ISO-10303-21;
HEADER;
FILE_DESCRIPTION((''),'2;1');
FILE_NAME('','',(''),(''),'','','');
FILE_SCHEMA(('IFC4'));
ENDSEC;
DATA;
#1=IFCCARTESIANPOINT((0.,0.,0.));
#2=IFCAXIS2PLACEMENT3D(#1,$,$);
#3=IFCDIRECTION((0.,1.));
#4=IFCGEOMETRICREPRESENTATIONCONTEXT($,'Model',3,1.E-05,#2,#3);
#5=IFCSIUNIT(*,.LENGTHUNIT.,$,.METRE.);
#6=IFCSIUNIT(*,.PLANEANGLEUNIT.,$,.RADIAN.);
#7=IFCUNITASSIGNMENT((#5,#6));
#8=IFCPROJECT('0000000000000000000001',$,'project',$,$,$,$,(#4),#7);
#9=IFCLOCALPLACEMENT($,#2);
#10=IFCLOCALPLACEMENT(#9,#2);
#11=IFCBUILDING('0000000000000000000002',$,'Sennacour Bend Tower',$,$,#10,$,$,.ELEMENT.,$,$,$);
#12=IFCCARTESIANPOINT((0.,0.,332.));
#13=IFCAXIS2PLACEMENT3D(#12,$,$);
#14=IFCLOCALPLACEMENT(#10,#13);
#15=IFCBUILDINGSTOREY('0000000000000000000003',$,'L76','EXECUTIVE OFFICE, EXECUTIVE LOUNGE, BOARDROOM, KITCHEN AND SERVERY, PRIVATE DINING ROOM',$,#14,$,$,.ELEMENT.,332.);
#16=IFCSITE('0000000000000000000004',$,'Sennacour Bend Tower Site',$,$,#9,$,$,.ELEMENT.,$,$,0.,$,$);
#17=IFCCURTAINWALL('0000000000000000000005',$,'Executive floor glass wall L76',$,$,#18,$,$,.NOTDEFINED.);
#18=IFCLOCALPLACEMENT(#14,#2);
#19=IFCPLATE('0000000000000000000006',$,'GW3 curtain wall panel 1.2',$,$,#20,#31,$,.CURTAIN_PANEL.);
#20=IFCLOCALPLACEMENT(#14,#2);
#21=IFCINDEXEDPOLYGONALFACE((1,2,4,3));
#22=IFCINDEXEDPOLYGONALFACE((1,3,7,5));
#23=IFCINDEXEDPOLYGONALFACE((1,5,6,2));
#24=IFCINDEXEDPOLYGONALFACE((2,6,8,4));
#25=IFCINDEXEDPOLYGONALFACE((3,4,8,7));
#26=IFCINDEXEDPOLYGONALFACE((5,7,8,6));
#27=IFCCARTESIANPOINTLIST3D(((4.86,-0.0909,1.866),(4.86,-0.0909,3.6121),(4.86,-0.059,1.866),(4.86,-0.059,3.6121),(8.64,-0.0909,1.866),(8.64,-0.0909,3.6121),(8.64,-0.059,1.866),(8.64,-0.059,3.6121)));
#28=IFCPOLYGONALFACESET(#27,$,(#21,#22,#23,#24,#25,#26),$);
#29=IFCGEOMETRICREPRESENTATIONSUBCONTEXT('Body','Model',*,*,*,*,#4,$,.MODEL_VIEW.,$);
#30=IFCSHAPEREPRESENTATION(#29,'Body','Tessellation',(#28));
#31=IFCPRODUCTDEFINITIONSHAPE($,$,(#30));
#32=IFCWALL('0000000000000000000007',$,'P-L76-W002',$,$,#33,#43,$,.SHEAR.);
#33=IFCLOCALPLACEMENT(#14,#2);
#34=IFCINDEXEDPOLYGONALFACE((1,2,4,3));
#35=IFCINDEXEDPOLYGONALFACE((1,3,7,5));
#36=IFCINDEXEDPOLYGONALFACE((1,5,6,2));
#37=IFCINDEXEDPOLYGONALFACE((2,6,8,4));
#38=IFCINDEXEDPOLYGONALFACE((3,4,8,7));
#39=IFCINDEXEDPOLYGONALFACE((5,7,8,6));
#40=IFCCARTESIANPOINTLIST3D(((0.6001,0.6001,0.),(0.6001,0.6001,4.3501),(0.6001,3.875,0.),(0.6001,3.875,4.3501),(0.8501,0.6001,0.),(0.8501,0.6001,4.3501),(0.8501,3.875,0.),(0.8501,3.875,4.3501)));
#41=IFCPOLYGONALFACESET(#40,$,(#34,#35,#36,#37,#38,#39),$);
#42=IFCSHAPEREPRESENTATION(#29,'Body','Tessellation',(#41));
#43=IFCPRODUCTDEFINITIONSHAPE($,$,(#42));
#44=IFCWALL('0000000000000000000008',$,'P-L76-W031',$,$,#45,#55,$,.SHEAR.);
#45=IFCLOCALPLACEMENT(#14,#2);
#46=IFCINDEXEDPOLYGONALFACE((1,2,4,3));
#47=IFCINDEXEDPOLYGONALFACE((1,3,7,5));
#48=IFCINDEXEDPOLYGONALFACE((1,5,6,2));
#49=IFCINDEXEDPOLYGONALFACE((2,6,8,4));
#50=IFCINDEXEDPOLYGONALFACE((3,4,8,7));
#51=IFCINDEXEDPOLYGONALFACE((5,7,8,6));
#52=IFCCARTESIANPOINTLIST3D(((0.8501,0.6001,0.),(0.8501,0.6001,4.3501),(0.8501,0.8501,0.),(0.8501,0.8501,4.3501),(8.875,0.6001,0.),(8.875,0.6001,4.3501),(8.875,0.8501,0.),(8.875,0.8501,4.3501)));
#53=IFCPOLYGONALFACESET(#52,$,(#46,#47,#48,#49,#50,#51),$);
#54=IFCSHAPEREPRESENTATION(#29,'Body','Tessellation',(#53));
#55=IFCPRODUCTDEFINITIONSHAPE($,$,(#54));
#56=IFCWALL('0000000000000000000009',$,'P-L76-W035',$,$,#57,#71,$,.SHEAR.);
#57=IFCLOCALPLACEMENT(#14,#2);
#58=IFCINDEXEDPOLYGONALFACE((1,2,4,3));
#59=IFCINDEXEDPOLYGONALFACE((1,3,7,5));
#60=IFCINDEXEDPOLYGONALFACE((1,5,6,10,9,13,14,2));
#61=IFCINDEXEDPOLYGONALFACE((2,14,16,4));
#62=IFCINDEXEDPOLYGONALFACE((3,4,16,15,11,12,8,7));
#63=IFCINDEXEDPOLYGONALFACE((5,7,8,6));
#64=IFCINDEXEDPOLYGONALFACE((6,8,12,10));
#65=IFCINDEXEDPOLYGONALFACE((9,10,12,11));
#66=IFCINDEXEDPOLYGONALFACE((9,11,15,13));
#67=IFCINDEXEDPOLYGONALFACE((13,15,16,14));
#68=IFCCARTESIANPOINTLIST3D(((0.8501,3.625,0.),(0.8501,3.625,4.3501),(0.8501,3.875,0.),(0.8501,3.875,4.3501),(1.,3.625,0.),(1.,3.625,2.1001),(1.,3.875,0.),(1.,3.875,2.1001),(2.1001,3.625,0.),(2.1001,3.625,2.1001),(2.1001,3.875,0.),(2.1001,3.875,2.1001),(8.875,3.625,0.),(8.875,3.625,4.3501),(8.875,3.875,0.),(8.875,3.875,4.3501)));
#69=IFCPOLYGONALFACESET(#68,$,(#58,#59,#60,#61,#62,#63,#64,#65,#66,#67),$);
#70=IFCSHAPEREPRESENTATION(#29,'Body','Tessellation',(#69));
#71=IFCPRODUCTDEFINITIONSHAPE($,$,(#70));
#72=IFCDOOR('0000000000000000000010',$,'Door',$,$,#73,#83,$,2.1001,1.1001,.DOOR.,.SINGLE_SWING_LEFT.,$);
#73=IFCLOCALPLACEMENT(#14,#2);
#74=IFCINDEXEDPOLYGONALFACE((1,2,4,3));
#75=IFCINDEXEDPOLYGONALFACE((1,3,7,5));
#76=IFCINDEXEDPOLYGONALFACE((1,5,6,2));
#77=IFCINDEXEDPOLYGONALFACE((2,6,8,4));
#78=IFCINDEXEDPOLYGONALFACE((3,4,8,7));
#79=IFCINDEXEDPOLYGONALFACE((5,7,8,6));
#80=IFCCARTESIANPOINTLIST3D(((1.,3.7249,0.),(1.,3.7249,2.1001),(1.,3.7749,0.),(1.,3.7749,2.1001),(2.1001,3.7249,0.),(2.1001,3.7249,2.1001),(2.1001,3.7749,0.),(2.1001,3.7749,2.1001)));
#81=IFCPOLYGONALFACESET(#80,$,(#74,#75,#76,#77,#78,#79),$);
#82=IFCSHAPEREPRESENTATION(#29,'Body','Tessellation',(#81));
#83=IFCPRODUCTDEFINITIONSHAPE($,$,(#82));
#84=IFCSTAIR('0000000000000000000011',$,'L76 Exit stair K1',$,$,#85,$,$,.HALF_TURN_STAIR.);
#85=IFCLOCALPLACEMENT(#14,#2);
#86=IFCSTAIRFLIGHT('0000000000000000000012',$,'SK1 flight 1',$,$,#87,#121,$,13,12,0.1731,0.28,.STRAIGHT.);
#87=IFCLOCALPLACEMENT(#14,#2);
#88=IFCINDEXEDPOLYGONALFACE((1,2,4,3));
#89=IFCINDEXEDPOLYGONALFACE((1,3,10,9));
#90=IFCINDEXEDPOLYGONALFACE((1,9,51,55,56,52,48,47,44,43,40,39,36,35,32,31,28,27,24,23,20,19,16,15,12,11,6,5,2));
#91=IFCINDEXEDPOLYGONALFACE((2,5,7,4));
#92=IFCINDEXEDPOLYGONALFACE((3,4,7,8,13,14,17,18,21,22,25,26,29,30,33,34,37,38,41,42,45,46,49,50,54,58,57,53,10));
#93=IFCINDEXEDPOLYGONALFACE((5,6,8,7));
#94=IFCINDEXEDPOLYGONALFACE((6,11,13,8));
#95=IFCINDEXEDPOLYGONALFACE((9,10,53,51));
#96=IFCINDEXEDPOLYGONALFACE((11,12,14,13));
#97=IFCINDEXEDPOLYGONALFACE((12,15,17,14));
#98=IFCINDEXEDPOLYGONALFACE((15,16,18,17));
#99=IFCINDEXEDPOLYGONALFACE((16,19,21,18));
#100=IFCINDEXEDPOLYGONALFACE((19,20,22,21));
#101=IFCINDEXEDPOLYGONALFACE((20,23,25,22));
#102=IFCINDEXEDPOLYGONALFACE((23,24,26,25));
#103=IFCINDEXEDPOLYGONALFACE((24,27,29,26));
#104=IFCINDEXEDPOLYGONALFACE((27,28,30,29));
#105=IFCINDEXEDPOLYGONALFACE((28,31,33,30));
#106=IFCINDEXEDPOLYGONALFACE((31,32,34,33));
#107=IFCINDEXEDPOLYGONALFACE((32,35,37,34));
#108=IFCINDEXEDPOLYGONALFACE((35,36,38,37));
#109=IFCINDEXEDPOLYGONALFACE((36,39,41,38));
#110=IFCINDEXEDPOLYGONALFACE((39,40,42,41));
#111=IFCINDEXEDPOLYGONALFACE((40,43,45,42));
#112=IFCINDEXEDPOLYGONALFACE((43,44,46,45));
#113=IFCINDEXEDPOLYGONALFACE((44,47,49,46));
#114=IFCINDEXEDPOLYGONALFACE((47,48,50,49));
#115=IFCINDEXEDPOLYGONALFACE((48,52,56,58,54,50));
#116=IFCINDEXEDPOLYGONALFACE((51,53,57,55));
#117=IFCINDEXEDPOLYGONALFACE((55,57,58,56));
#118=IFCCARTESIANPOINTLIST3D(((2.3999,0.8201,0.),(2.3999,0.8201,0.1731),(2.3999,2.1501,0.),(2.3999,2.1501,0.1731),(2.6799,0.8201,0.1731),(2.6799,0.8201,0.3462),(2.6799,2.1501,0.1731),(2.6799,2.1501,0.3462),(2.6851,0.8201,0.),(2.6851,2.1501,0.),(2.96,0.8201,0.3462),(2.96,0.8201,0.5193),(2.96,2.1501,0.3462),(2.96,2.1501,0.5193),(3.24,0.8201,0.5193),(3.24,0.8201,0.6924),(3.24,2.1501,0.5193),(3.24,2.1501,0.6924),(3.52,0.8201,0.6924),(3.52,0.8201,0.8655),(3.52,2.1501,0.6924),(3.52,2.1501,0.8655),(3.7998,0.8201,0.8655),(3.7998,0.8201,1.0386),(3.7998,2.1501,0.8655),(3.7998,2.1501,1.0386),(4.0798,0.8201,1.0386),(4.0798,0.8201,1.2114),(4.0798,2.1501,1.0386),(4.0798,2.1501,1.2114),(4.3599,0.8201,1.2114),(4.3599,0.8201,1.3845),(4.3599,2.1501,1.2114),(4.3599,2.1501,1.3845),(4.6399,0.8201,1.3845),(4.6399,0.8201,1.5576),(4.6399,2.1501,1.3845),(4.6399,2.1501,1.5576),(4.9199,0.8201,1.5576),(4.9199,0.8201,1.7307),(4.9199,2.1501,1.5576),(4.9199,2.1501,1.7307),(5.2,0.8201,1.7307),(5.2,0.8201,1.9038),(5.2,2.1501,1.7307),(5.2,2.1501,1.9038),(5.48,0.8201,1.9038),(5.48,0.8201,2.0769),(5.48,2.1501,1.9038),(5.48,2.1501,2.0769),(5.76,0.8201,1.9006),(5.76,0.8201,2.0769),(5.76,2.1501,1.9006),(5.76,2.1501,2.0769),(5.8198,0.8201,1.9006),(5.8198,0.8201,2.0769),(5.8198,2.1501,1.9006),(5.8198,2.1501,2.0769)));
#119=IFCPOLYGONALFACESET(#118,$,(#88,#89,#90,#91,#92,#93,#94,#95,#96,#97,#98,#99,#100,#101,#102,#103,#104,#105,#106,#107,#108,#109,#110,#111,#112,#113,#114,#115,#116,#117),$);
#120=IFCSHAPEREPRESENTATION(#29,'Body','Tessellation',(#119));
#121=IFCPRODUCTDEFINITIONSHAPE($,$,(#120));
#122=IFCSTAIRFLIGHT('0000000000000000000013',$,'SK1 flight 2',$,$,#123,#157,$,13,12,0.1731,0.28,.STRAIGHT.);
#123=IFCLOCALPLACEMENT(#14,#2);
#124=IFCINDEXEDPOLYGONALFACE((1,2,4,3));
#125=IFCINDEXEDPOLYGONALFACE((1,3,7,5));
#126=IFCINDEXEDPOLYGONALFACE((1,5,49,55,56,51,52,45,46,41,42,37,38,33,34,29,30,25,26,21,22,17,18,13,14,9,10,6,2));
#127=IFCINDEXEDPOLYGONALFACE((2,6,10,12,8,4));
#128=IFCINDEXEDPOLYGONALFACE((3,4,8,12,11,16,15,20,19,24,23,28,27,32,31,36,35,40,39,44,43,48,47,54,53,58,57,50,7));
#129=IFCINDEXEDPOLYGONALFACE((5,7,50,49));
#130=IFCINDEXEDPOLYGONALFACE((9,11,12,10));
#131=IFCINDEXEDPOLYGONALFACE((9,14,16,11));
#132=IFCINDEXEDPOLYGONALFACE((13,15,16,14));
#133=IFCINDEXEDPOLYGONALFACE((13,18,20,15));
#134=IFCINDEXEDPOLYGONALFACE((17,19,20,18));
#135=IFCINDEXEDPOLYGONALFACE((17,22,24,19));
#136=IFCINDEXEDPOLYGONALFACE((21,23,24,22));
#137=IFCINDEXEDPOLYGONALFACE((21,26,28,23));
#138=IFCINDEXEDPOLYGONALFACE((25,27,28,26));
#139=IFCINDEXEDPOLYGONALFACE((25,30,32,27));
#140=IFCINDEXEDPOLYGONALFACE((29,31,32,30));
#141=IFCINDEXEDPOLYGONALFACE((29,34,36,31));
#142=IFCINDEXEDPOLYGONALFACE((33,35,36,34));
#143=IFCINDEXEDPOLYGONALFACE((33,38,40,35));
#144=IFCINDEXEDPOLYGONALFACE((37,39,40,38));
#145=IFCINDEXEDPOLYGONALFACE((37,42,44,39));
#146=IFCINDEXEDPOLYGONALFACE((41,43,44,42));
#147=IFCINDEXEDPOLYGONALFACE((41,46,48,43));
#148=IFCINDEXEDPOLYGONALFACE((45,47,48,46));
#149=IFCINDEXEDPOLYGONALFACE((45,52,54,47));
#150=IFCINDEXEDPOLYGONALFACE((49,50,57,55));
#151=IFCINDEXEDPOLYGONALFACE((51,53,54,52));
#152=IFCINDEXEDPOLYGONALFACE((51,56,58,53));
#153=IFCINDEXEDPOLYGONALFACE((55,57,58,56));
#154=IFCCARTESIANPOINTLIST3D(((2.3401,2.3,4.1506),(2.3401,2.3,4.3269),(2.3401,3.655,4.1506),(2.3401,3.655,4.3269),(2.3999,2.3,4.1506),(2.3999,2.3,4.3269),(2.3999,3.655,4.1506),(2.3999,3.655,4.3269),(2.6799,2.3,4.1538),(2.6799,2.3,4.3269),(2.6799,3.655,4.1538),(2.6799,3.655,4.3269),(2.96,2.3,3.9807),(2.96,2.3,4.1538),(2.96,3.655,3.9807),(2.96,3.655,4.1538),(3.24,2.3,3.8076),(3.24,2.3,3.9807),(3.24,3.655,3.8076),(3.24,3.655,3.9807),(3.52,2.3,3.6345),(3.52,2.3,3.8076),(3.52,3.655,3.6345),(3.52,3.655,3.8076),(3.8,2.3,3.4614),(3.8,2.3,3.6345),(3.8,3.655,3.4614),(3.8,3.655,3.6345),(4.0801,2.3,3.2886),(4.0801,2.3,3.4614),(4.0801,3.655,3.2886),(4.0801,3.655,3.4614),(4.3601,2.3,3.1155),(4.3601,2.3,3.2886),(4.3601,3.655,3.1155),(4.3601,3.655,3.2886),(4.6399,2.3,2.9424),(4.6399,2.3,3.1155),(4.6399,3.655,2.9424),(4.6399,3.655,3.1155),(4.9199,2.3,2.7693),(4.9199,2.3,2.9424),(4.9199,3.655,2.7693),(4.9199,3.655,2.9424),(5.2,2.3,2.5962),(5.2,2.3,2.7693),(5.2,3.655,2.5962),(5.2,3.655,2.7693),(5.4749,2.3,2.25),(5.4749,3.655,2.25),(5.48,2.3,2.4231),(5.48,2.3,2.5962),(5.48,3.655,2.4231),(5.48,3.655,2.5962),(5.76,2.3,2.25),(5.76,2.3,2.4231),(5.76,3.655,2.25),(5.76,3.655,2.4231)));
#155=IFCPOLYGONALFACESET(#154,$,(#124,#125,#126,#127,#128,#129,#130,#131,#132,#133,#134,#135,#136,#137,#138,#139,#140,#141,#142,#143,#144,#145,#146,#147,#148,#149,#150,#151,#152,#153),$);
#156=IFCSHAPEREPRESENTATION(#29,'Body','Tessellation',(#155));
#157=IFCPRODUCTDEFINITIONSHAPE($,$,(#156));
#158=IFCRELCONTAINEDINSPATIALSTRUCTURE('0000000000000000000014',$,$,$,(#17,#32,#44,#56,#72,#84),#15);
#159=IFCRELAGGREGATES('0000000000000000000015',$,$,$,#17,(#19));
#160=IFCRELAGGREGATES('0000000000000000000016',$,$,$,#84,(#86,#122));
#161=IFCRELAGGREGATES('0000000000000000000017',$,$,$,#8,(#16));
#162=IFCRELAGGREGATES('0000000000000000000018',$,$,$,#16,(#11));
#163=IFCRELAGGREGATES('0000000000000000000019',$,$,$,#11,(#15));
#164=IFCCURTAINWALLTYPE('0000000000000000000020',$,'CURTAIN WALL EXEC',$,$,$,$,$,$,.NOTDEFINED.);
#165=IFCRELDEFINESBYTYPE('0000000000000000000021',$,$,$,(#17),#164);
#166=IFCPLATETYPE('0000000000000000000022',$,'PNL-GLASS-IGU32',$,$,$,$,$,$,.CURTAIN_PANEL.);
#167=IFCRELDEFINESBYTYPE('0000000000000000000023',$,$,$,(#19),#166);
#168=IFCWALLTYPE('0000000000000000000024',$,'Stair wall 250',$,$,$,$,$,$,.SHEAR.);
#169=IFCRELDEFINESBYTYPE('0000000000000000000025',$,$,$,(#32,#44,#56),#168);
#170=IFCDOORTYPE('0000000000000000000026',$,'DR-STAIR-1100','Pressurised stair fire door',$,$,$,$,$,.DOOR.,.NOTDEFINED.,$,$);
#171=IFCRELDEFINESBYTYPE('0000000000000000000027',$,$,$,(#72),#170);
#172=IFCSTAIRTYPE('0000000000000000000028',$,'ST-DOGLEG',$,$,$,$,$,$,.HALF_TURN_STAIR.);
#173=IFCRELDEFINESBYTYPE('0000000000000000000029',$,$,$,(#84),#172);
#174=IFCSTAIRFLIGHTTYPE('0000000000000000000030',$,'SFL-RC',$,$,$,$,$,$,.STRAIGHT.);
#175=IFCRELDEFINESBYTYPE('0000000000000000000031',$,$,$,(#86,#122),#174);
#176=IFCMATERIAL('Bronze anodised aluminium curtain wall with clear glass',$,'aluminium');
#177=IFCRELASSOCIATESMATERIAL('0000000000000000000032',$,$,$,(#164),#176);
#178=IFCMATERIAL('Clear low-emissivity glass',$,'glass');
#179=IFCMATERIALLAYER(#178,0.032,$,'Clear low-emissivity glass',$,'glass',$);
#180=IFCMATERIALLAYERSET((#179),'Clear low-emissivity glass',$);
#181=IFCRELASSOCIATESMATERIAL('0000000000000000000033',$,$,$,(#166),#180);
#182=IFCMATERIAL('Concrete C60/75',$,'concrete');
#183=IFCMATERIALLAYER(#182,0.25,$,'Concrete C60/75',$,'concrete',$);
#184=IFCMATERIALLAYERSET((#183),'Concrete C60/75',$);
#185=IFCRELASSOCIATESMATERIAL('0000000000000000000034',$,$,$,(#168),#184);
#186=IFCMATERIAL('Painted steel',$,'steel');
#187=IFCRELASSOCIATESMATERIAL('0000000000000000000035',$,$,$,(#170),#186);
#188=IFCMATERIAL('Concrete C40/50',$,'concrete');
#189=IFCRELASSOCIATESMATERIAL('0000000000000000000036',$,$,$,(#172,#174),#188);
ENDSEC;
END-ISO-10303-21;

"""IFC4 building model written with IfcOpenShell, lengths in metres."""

from ifc_helpers import new_model, si_unit, direction, frame, frame_2d, origin, origin_2d, place, context, subcontext, project, spatial, polyline, rectangle, outline, extrude, material, layer, layer_set, type_object, element, fill, aggregate, save


model = new_model("IFC4")

# Units and contexts
model_context = context("Model", 3, precision=1e-05, world=origin(), true_north=direction((0.0, 1.0)))
body_context = subcontext(model_context, "Body", "Model", "MODEL_VIEW")
ifc_project = project(units=[si_unit("LENGTHUNIT", "METRE"), si_unit("PLANEANGLEUNIT", "RADIAN")], contexts=[model_context])

# Site, building, storey
site_placement = place(None, origin())
site = spatial("IfcSite", under=ifc_project, at=site_placement, Name="Sennacour Bend Tower Site", CompositionType="ELEMENT", RefElevation=0.0)
building_placement = place(site_placement, origin())
building = spatial("IfcBuilding", under=site, at=building_placement, Name="Sennacour Bend Tower", CompositionType="ELEMENT")
storey_placement = place(building_placement, frame((0.0, 0.0, 332.0)))
storey = spatial("IfcBuildingStorey", under=building, at=storey_placement, Name="L76", Description="EXECUTIVE OFFICE, EXECUTIVE LOUNGE, BOARDROOM, KITCHEN AND SERVERY, PRIVATE DINING ROOM", CompositionType="ELEMENT", Elevation=332.0)

# Curtain wall
ifc_material_1 = material(Name="Bronze anodised aluminium curtain wall with clear glass", Category="aluminium")
curtain_wall_type = type_object("IfcCurtainWallType", Name="CURTAIN WALL EXEC", PredefinedType="NOTDEFINED", material=ifc_material_1)
curtain_wall_1_placement = place(storey_placement, origin())
curtain_wall_1 = element("IfcCurtainWall", 1, at=curtain_wall_1_placement, inside=storey, type_object=curtain_wall_type, Name="Executive floor glass wall L76", PredefinedType="NOTDEFINED")

# Plate
ifc_material_2 = material(Name="Clear low-emissivity glass", Category="glass")
ifc_layer_1 = layer(ifc_material_2, 0.032, Name="Clear low-emissivity glass", Category="glass")
ifc_layer_set_1 = layer_set([ifc_layer_1], Name="Clear low-emissivity glass")
plate_type = type_object("IfcPlateType", Name="PNL-GLASS-IGU32", PredefinedType="CURTAIN_PANEL", material=ifc_layer_set_1)
plate_1_placement = place(storey_placement, frame((6.75, -0.075, 1.866), z_axis=(0.0, 0.0, 1.0), x_axis=(1.0, 0.0, 0.0)))
plate_1 = element("IfcPlate", 2, at=plate_1_placement, type_object=plate_type, Name="GW3 curtain wall panel 1.2", PredefinedType="CURTAIN_PANEL", context=body_context, shape_type="SweptSolid", body=[
    extrude(rectangle(XDim=3.78, YDim=0.032, at=origin_2d()), origin(), (0.0, 0.0, 1.0), 1.7461),
])
aggregate(curtain_wall_1, [plate_1])

# Walls
ifc_material_3 = material(Name="Concrete C60/75", Category="concrete")
ifc_layer_2 = layer(ifc_material_3, 0.25, Name="Concrete C60/75", Category="concrete")
ifc_layer_set_2 = layer_set([ifc_layer_2], Name="Concrete C60/75")
wall_type = type_object("IfcWallType", Name="Stair wall 250", PredefinedType="SHEAR", material=ifc_layer_set_2)
wall_1_placement = place(storey_placement, frame((0.7251, 0.6001, 0.0), z_axis=(0.0, 0.0, 1.0), x_axis=(0.0, 1.0, 0.0)))
element("IfcWall", 3, at=wall_1_placement, inside=storey, type_object=wall_type, Name="P-L76-W002", PredefinedType="SHEAR", context=body_context, shape_type="SweptSolid", body=[
    extrude(rectangle(XDim=3.2749, YDim=0.25, at=frame_2d((1.6375, 0.0))), origin(), (0.0, 0.0, 1.0), 4.3501),
])
wall_2_placement = place(storey_placement, frame((0.8501, 0.7251, 0.0), z_axis=(0.0, 0.0, 1.0), x_axis=(1.0, 0.0, 0.0)))
element("IfcWall", 4, at=wall_2_placement, inside=storey, type_object=wall_type, Name="P-L76-W031", PredefinedType="SHEAR", context=body_context, shape_type="SweptSolid", body=[
    extrude(rectangle(XDim=8.0249, YDim=0.25, at=frame_2d((4.0125, 0.0))), origin(), (0.0, 0.0, 1.0), 4.3501),
])

# Wall, opening, door
wall_3_placement = place(storey_placement, frame((0.8501, 3.75, 0.0), z_axis=(0.0, 0.0, 1.0), x_axis=(1.0, 0.0, 0.0)))
wall_3 = element("IfcWall", 5, at=wall_3_placement, inside=storey, type_object=wall_type, Name="P-L76-W035", PredefinedType="SHEAR", context=body_context, shape_type="SweptSolid", body=[
    extrude(rectangle(XDim=8.0249, YDim=0.25, at=frame_2d((4.0125, 0.0))), origin(), (0.0, 0.0, 1.0), 4.3501),
])
opening_placement = place(wall_3_placement, frame((0.1499, 0.0, 0.0)))
opening = element("IfcOpeningElement", 6, at=opening_placement, cuts=wall_3, PredefinedType="OPENING", context=body_context, shape_type="SweptSolid", body=[
    extrude(rectangle(XDim=1.1001, YDim=2.1001, at=frame_2d((0.55, 1.05))), frame((0.0, 0.135, 0.0), z_axis=(0.0, -1.0, 0.0), x_axis=(1.0, 0.0, 0.0)), (0.0, 0.0, 1.0), 0.27),
])
ifc_material_4 = material(Name="Painted steel", Category="steel")
door_type = type_object("IfcDoorType", Name="DR-STAIR-1100", Description="Pressurised stair fire door", OperationType="NOTDEFINED", PredefinedType="DOOR", material=ifc_material_4)
door_placement = place(opening_placement, origin())
door = element("IfcDoor", 7, at=door_placement, inside=storey, type_object=door_type, Name="Door", OperationType="SINGLE_SWING_LEFT", OverallHeight=2.1001, OverallWidth=1.1001, PredefinedType="DOOR", context=body_context, shape_type="SweptSolid", body=[
    extrude(rectangle(XDim=1.1001, YDim=2.1001, at=frame_2d((0.55, 1.05))), frame((0.0, 0.0249, 0.0), z_axis=(0.0, -1.0, 0.0), x_axis=(1.0, 0.0, 0.0)), (0.0, 0.0, 1.0), 0.05),
])
fill(opening, door)

# Stair, stair flights
ifc_material_5 = material(Name="Concrete C40/50", Category="concrete")
stair_type = type_object("IfcStairType", Name="ST-DOGLEG", PredefinedType="HALF_TURN_STAIR", material=ifc_material_5)
stair_placement = place(storey_placement, origin())
stair = element("IfcStair", 8, at=stair_placement, inside=storey, type_object=stair_type, Name="L76 Exit stair K1", PredefinedType="HALF_TURN_STAIR")
stair_flight_type = type_object("IfcStairFlightType", Name="SFL-RC", PredefinedType="STRAIGHT", material=ifc_material_5)
stair_flight_1_placement = place(storey_placement, frame((2.3999, 1.4851, 0.0), z_axis=(0.0, 0.0, 1.0), x_axis=(1.0, 0.0, 0.0)))
stair_flight_1 = element("IfcStairFlight", 9, at=stair_flight_1_placement, type_object=stair_flight_type, Name="SK1 flight 1", NumberOfRisers=13, NumberOfTreads=12, PredefinedType="STRAIGHT", RiserHeight=0.1731, TreadLength=0.28, context=body_context, shape_type="SweptSolid", body=[
    extrude(outline(polyline([(0.0, 0.0), (0.0, 0.1731), (0.28, 0.1731), (0.28, 0.3462), (0.5601, 0.3462), (0.5601, 0.5193), (0.8401, 0.5193), (0.8401, 0.6924), (1.1201, 0.6924), (1.1201, 0.8655), (1.3999, 0.8655), (1.3999, 1.0386), (1.6799, 1.0386), (1.6799, 1.2114), (1.96, 1.2114), (1.96, 1.3845), (2.24, 1.3845), (2.24, 1.5576), (2.52, 1.5576), (2.52, 1.7307), (2.8, 1.7307), (2.8, 1.9038), (3.0801, 1.9038), (3.0801, 2.0769), (3.3601, 2.0769), (3.4199, 2.0769), (3.4199, 1.9006), (3.3601, 1.9006), (0.2852, 0.0), (0.0, 0.0)])), frame((0.0, 0.665, 0.0), z_axis=(0.0, -1.0, 0.0), x_axis=(1.0, 0.0, 0.0)), (0.0, 0.0, 1.0), 1.3301),
])
stair_flight_2_placement = place(storey_placement, frame((5.76, 2.9775, 2.25), z_axis=(0.0, 0.0, 1.0), x_axis=(-1.0, 0.0, 0.0)))
stair_flight_2 = element("IfcStairFlight", 10, at=stair_flight_2_placement, type_object=stair_flight_type, Name="SK1 flight 2", NumberOfRisers=13, NumberOfTreads=12, PredefinedType="STRAIGHT", RiserHeight=0.1731, TreadLength=0.28, context=body_context, shape_type="SweptSolid", body=[
    extrude(outline(polyline([(0.0, 0.0), (0.0, 0.1731), (0.28, 0.1731), (0.28, 0.3462), (0.5601, 0.3462), (0.5601, 0.5193), (0.8401, 0.5193), (0.8401, 0.6924), (1.1201, 0.6924), (1.1201, 0.8655), (1.3999, 0.8655), (1.3999, 1.0386), (1.6799, 1.0386), (1.6799, 1.2114), (1.96, 1.2114), (1.96, 1.3845), (2.24, 1.3845), (2.24, 1.5576), (2.52, 1.5576), (2.52, 1.7307), (2.8, 1.7307), (2.8, 1.9038), (3.0801, 1.9038), (3.0801, 2.0769), (3.3601, 2.0769), (3.4199, 2.0769), (3.4199, 1.9006), (3.3601, 1.9006), (0.2852, 0.0), (0.0, 0.0)])), frame((0.0, 0.6775, 0.0), z_axis=(0.0, -1.0, 0.0), x_axis=(1.0, 0.0, 0.0)), (0.0, 0.0, 1.0), 1.355),
])
aggregate(stair, [stair_flight_1, stair_flight_2])

save(model, "model.ifc")
